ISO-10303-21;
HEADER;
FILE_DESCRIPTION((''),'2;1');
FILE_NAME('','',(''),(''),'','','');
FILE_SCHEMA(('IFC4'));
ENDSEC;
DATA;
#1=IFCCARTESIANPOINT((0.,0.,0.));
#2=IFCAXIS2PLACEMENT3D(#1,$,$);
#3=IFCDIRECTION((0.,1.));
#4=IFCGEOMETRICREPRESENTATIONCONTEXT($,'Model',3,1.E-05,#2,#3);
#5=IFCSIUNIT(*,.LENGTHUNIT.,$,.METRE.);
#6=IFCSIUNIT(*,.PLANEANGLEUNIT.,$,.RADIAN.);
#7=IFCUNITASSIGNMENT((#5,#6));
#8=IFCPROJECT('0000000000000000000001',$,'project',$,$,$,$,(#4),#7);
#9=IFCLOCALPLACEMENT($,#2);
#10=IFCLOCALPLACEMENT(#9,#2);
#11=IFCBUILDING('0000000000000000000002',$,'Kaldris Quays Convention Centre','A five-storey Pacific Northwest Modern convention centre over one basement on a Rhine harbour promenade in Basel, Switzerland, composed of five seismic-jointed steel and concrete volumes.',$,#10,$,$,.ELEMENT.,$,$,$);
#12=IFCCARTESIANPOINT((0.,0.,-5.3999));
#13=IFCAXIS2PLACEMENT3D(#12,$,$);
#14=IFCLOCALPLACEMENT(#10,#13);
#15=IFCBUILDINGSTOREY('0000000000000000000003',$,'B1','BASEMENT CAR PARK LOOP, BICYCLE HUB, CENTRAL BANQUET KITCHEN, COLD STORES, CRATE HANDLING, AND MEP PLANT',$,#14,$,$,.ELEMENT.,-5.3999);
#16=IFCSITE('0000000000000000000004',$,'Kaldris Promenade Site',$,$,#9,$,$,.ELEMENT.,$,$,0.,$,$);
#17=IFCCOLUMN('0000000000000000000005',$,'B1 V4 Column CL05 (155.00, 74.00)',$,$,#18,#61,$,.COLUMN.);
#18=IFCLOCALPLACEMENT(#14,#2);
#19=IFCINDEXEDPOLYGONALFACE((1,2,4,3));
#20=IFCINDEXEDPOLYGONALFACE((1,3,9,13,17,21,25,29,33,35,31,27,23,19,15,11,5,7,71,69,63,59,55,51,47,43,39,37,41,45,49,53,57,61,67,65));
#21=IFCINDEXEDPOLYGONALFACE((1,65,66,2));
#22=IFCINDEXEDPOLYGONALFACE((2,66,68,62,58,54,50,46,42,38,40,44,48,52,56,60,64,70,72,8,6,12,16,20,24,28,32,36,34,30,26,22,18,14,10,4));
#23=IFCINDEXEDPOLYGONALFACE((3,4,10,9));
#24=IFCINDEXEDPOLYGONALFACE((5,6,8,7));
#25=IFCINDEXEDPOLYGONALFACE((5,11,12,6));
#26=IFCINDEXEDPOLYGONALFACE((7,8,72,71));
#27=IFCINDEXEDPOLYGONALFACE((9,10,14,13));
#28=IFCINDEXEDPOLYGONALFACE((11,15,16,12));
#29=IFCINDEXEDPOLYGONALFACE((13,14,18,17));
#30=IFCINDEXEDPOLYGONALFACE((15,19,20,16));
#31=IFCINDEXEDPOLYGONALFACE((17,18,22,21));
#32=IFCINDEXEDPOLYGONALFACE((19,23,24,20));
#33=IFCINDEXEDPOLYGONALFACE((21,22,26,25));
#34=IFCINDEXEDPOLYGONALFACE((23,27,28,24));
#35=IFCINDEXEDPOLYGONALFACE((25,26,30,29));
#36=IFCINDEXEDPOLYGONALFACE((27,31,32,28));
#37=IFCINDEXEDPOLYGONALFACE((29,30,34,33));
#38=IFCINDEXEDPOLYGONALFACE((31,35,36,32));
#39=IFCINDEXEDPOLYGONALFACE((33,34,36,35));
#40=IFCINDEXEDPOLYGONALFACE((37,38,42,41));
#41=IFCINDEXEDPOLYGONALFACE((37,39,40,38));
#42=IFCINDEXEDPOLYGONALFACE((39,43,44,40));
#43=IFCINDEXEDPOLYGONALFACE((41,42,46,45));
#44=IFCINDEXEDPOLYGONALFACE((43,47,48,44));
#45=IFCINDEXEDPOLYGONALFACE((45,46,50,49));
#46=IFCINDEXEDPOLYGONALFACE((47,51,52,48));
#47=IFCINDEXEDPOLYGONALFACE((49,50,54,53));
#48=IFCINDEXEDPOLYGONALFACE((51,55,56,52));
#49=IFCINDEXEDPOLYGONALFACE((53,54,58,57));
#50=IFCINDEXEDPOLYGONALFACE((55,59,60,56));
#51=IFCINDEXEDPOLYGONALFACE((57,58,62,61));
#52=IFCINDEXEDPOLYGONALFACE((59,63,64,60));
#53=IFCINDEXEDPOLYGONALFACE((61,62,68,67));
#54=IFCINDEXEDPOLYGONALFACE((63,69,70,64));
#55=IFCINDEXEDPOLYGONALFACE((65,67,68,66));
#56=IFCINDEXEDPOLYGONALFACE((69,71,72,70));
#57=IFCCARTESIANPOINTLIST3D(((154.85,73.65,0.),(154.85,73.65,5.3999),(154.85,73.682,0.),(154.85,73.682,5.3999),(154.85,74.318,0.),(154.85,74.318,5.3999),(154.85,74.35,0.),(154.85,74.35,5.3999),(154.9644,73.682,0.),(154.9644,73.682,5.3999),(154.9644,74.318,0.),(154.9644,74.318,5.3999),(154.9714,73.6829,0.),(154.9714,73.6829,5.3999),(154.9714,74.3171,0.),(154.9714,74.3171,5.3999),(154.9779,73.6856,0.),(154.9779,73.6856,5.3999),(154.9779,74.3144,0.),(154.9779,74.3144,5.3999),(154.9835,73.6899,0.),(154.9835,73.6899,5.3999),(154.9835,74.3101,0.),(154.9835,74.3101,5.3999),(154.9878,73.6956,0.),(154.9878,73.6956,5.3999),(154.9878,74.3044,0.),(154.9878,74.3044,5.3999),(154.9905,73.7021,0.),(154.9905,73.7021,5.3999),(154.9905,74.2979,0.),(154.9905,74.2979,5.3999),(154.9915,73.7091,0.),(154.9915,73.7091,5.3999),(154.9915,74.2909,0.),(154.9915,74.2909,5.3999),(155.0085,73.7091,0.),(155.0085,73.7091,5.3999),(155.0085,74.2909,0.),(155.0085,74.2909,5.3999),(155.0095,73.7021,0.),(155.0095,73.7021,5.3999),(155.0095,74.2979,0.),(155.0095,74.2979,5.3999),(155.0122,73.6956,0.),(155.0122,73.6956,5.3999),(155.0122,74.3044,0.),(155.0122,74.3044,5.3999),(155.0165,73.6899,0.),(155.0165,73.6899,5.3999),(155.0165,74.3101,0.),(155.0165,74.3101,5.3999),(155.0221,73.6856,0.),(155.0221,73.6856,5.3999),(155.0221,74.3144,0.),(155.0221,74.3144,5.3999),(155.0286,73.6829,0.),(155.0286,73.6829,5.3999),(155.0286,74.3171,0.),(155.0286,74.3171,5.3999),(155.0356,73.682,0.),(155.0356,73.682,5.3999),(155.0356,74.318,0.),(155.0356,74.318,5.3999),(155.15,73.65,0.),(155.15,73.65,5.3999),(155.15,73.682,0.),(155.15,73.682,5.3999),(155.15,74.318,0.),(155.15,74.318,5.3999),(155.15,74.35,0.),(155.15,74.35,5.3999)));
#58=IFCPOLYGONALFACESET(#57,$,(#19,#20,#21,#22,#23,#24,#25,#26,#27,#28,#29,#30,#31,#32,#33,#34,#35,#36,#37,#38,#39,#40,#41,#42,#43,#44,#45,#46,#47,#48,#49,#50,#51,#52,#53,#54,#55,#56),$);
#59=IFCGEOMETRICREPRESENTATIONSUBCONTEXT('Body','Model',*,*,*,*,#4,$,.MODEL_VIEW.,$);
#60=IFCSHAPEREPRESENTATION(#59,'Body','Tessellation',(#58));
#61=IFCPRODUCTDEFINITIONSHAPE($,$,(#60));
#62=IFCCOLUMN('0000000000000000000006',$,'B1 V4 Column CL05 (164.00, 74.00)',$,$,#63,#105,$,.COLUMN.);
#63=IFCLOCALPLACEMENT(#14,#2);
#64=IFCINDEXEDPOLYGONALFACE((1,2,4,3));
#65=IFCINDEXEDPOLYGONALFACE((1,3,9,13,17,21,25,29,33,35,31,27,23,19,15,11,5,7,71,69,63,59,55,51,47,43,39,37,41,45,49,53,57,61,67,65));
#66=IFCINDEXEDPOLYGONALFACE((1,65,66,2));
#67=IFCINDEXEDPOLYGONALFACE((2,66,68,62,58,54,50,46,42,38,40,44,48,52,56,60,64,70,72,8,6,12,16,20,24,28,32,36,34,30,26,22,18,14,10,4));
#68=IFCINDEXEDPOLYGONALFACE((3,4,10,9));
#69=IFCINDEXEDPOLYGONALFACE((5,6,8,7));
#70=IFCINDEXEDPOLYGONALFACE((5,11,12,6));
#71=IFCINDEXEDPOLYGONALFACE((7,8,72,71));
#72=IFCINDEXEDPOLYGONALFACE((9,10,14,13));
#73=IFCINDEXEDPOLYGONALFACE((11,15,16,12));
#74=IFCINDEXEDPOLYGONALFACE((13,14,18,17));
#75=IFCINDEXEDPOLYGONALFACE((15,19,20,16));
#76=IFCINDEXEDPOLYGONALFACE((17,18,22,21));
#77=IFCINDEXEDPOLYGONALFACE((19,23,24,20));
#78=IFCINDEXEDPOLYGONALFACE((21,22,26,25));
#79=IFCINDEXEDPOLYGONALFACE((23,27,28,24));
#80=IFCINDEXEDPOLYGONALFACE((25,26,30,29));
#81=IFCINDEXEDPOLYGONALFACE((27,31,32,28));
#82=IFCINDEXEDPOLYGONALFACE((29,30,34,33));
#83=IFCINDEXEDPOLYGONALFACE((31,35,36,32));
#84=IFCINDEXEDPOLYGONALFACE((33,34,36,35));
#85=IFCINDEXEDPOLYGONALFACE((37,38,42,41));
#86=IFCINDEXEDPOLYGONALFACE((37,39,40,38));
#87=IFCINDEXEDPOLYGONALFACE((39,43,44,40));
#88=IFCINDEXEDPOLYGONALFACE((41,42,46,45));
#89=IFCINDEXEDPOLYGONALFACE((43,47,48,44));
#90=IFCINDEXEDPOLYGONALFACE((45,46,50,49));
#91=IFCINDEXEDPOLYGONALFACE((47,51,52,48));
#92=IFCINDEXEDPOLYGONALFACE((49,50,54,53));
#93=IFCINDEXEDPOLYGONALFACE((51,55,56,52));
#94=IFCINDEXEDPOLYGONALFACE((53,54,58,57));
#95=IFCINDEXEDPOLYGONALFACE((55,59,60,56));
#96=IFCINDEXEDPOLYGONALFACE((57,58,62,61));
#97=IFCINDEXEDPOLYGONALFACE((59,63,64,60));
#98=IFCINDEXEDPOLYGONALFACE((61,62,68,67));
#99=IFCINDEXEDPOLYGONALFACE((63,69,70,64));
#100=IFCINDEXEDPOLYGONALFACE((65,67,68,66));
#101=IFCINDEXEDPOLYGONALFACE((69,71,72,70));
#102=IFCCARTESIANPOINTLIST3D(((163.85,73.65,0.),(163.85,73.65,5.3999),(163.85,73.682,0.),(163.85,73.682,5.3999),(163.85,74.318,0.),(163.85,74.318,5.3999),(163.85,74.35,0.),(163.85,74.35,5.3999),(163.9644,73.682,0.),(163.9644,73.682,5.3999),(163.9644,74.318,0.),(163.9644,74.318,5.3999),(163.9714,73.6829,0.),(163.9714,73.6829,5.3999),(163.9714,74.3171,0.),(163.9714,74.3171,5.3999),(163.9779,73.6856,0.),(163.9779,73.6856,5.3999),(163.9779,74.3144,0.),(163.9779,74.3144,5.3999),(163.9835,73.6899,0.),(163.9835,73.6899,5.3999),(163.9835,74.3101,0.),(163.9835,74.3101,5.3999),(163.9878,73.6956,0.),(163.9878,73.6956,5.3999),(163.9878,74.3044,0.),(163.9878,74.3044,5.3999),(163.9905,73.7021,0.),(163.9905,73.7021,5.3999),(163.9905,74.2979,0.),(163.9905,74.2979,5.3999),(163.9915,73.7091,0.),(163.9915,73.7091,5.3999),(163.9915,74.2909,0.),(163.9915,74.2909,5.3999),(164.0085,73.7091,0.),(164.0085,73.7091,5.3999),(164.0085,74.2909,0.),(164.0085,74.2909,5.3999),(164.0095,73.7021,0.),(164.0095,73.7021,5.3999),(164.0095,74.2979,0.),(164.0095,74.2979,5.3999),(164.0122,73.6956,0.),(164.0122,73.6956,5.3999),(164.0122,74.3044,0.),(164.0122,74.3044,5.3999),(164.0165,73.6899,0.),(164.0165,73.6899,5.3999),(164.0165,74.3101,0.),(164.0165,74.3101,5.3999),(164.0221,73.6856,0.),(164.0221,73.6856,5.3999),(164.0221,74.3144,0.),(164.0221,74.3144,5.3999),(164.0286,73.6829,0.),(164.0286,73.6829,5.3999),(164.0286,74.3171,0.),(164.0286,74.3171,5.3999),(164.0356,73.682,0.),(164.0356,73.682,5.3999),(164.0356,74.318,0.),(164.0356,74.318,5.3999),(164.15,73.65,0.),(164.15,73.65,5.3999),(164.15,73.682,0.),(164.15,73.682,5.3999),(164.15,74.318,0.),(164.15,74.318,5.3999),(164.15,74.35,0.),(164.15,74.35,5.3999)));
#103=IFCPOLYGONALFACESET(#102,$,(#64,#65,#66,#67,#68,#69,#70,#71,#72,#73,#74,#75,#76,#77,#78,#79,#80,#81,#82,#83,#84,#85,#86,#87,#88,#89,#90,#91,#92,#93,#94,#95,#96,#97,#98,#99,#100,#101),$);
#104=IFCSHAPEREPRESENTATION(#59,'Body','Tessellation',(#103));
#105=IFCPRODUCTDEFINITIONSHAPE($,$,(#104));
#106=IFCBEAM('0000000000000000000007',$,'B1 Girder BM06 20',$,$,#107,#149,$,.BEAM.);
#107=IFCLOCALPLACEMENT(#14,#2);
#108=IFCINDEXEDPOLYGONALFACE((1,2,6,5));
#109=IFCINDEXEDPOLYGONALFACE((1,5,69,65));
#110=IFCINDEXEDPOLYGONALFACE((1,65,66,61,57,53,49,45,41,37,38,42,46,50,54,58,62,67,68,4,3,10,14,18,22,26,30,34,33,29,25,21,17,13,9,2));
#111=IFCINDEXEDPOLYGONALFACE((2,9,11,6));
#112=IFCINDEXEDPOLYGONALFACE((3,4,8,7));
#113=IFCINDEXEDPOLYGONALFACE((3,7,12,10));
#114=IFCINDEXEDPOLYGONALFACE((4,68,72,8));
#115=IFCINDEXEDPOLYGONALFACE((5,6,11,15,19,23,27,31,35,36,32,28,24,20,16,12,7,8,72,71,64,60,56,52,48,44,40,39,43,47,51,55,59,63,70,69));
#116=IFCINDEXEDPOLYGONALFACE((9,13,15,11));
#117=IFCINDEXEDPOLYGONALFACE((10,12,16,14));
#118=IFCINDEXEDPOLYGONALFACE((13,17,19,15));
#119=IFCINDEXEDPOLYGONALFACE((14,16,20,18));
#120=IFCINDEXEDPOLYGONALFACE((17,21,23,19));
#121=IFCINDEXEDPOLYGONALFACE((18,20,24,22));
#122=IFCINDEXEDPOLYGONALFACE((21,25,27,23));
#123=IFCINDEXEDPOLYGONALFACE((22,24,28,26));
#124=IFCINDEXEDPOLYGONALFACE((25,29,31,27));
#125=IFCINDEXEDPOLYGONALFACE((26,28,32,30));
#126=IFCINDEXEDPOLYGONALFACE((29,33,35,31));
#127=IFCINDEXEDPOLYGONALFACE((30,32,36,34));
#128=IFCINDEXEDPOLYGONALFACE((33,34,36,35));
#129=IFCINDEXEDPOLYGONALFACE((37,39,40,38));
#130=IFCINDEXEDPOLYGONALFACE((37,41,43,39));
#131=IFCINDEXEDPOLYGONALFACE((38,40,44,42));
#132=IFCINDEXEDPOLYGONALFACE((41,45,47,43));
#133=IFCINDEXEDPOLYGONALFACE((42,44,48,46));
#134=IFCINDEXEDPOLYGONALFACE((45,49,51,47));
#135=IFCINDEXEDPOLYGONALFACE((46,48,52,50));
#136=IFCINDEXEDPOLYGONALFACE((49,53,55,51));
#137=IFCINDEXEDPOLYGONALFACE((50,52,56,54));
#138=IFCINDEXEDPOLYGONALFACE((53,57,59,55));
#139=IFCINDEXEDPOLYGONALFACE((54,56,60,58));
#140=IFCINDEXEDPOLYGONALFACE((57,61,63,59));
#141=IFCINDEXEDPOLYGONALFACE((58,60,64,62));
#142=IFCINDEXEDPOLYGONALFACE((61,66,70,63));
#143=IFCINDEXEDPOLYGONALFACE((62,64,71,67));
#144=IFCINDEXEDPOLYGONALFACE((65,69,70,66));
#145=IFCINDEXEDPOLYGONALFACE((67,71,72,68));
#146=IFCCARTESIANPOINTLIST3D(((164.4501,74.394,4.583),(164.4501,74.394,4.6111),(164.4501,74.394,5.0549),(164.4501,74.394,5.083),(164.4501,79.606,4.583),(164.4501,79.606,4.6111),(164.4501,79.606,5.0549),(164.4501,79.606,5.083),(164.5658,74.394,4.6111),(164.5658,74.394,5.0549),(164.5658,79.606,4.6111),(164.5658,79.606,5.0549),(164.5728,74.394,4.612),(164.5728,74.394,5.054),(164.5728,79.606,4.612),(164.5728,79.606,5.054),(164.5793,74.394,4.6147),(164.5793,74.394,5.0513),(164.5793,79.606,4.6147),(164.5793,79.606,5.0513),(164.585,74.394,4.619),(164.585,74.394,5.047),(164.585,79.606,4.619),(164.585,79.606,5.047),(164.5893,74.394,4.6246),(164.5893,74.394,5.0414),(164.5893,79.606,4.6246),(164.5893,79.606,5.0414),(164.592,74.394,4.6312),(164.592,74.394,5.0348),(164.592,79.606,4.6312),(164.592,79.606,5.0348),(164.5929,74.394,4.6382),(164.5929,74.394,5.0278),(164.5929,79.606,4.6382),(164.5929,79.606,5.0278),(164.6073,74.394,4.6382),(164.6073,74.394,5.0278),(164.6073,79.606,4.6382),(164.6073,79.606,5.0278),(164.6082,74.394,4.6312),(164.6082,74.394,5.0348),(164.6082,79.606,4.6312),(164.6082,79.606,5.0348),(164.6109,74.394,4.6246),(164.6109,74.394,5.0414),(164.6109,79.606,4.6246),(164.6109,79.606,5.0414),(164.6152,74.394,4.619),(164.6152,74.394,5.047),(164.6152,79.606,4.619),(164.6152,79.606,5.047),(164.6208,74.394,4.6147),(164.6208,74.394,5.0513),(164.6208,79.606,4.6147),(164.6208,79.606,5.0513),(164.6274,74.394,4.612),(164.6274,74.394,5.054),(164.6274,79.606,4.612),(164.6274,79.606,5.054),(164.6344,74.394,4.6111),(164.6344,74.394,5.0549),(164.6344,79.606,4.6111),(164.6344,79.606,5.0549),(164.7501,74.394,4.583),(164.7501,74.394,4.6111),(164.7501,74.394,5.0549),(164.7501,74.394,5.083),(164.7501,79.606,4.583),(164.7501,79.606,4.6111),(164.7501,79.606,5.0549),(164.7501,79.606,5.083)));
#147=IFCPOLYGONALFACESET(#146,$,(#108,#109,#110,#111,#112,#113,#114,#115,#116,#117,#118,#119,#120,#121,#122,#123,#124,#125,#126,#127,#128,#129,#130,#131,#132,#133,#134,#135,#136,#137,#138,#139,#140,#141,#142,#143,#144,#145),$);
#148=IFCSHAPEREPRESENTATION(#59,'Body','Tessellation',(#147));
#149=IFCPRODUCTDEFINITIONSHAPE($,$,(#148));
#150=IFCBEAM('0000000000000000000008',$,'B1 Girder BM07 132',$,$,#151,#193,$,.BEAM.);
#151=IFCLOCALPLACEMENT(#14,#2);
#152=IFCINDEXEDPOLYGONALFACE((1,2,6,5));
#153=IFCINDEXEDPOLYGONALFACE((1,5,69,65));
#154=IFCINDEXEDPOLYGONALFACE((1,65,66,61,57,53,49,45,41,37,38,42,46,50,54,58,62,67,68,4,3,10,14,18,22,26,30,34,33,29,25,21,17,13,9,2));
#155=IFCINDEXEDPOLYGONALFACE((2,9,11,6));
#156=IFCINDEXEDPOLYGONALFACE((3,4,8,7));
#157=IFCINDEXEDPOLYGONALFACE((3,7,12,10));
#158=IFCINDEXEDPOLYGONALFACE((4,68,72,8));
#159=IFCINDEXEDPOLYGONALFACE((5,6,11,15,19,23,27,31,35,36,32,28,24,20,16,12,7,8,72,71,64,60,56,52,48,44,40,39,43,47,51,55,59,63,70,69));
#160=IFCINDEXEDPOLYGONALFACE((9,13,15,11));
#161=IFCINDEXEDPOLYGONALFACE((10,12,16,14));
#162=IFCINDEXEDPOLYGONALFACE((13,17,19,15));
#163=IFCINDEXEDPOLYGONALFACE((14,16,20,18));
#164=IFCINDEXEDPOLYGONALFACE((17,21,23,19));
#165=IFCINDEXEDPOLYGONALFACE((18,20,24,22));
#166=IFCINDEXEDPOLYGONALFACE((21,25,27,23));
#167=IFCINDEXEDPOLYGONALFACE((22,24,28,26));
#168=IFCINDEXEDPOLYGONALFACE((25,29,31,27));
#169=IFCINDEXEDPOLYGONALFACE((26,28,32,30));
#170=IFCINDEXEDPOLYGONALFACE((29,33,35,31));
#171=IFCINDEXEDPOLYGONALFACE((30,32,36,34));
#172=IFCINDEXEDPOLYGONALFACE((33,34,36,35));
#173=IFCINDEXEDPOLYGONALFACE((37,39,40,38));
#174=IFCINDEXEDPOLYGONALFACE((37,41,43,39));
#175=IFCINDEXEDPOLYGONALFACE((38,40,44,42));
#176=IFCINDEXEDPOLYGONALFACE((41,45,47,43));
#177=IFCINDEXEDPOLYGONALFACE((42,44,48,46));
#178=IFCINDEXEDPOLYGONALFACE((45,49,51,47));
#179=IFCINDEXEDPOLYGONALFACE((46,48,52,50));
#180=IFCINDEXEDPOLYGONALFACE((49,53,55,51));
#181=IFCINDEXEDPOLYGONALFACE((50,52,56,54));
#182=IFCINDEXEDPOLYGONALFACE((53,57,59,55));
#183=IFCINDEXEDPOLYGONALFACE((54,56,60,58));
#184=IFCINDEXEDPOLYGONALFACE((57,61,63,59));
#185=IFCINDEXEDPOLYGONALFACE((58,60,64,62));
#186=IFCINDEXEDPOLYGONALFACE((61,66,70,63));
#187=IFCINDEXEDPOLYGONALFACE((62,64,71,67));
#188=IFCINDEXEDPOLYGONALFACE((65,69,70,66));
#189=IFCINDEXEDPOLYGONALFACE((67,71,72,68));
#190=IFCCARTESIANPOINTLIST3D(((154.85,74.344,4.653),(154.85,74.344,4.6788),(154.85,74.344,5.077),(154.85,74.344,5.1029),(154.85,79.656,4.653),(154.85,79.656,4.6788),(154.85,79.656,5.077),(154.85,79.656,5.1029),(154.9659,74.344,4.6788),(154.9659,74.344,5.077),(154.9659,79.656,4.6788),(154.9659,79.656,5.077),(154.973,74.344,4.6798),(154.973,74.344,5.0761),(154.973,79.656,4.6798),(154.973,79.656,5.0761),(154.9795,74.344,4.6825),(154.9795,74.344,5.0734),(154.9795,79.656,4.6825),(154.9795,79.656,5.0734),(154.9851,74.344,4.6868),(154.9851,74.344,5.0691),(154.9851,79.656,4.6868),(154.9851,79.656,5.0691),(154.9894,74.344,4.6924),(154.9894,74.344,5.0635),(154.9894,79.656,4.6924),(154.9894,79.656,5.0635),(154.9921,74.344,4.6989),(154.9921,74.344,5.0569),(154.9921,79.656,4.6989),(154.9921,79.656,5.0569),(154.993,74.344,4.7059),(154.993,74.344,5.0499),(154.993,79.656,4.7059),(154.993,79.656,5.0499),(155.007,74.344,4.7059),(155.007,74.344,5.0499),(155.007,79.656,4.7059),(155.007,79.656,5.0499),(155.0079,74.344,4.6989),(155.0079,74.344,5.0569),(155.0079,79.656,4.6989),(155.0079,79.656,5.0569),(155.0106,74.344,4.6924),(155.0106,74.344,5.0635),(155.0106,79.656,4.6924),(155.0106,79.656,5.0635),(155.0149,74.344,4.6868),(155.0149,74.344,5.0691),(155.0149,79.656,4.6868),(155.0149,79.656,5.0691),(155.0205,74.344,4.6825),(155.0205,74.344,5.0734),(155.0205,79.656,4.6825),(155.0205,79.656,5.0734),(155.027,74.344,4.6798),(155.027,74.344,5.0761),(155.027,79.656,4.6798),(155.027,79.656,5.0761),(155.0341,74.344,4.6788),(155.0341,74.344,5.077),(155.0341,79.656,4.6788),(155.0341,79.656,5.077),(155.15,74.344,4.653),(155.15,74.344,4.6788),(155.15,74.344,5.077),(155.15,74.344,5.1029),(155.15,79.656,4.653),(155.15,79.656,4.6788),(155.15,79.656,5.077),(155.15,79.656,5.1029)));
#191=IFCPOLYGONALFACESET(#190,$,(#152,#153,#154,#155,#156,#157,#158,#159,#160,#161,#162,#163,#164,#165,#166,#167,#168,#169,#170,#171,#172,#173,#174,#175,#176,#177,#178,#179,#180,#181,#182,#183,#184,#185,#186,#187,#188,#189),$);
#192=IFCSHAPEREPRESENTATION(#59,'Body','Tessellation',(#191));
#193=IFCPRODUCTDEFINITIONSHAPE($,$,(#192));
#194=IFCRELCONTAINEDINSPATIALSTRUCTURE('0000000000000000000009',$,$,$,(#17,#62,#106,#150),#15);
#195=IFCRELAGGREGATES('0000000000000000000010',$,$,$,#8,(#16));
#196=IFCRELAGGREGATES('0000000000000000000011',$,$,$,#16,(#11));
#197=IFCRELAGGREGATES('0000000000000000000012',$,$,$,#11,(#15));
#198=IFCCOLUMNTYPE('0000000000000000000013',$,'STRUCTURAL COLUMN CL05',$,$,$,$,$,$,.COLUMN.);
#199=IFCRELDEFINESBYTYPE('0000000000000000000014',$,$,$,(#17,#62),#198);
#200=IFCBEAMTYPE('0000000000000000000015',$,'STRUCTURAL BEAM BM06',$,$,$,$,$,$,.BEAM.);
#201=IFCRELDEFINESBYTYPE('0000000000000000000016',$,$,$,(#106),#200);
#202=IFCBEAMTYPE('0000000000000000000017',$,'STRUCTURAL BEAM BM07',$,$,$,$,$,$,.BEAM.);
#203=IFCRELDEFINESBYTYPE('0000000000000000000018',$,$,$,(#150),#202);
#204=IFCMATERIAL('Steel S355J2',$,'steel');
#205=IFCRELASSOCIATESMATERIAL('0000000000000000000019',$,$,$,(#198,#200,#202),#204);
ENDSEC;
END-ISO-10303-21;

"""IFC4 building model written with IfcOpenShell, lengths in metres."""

from ifc_helpers import new_model, si_unit, direction, frame, origin, origin_2d, place, context, subcontext, project, spatial, i_section, extrude, material, material_profile, profile_set, type_object, element, save


model = new_model("IFC4")

# Units and contexts
model_context = context("Model", 3, precision=1e-05, world=origin(), true_north=direction((0.0, 1.0)))
body_context = subcontext(model_context, "Body", "Model", "MODEL_VIEW")
ifc_project = project(units=[si_unit("LENGTHUNIT", "METRE"), si_unit("PLANEANGLEUNIT", "RADIAN")], contexts=[model_context])

# Site, building, storey
site_placement = place(None, origin())
site = spatial("IfcSite", under=ifc_project, at=site_placement, Name="Kaldris Promenade Site", CompositionType="ELEMENT", RefElevation=0.0)
building_placement = place(site_placement, origin())
building = spatial("IfcBuilding", under=site, at=building_placement, Name="Kaldris Quays Convention Centre", Description="A five-storey Pacific Northwest Modern convention centre over one basement on a Rhine harbour promenade in Basel, Switzerland, composed of five seismic-jointed steel and concrete volumes.", CompositionType="ELEMENT")
storey_placement = place(building_placement, frame((0.0, 0.0, -5.3999)))
storey = spatial("IfcBuildingStorey", under=building, at=storey_placement, Name="B1", Description="BASEMENT CAR PARK LOOP, BICYCLE HUB, CENTRAL BANQUET KITCHEN, COLD STORES, CRATE HANDLING, AND MEP PLANT", CompositionType="ELEMENT", Elevation=-5.3999)

# Columns
ifc_material_1 = material(Name="Steel S355J2", Category="steel")
ifc_material_profile_1 = material_profile(ifc_material_1, i_section(OverallWidth=0.3, OverallDepth=0.7, WebThickness=0.0171, FlangeThickness=0.032, FilletRadius=0.0271, at=origin_2d()), Name="HEB 700")
ifc_profile_set_1 = profile_set([ifc_material_profile_1], Name="Steel S355J2")
column_type_1 = type_object("IfcColumnType", Name="STRUCTURAL COLUMN CL05", PredefinedType="COLUMN", material=ifc_profile_set_1)
for number, where, z_axis, x_axis, name in (
    (1, (155.0, 74.0, 0.0), (0.0, 0.0, 1.0), (1.0, 0.0, 0.0), "B1 V4 Column CL05 (155.00, 74.00)"),
    (2, (164.0, 74.0, 0.0), (0.0, 0.0, 1.0), (1.0, 0.0, 0.0), "B1 V4 Column CL05 (164.00, 74.00)"),
):
    element("IfcColumn", number, at=place(storey_placement, frame(where, z_axis=z_axis, x_axis=x_axis)), inside=storey, type_object=column_type_1, Name=name, PredefinedType="COLUMN", context=body_context, shape_type="SweptSolid", body=[
        extrude(i_section(OverallWidth=0.3, OverallDepth=0.7, WebThickness=0.0171, FlangeThickness=0.032, FilletRadius=0.0271, at=origin_2d()), origin(), (0.0, 0.0, 1.0), 5.3999),
    ])

# Beams
ifc_material_profile_2 = material_profile(ifc_material_1, i_section(OverallWidth=0.3, OverallDepth=0.5, WebThickness=0.0144, FlangeThickness=0.0281, FilletRadius=0.0271, at=origin_2d()), Name="HEB 500")
ifc_profile_set_2 = profile_set([ifc_material_profile_2], Name="Steel S355J2")
beam_type_1 = type_object("IfcBeamType", Name="STRUCTURAL BEAM BM06", PredefinedType="BEAM", material=ifc_profile_set_2)
beam_placement = place(storey_placement, frame((164.6001, 74.394, 4.833), z_axis=(0.0, 1.0, 0.0), x_axis=(-1.0, 0.0, 0.0)))
element("IfcBeam", 3, at=beam_placement, inside=storey, type_object=beam_type_1, Name="B1 Girder BM06 20", PredefinedType="BEAM", context=body_context, shape_type="SweptSolid", body=[
    extrude(i_section(OverallWidth=0.3, OverallDepth=0.5, WebThickness=0.0144, FlangeThickness=0.0281, FilletRadius=0.0271, at=origin_2d()), origin(), (0.0, 0.0, 1.0), 5.2119),
])
ifc_material_profile_3 = material_profile(ifc_material_1, i_section(OverallWidth=0.3, OverallDepth=0.45, WebThickness=0.0139, FlangeThickness=0.0259, FilletRadius=0.0271, at=origin_2d()), Name="HEB 450")
ifc_profile_set_3 = profile_set([ifc_material_profile_3], Name="Steel S355J2")
beam_type_2 = type_object("IfcBeamType", Name="STRUCTURAL BEAM BM07", PredefinedType="BEAM", material=ifc_profile_set_3)
for number, where, z_axis, x_axis, name in (
    (4, (155.0, 74.344, 4.8779), (0.0, 1.0, 0.0), (-1.0, 0.0, 0.0), "B1 Girder BM07 132"),
):
    element("IfcBeam", number, at=place(storey_placement, frame(where, z_axis=z_axis, x_axis=x_axis)), inside=storey, type_object=beam_type_2, Name=name, PredefinedType="BEAM", context=body_context, shape_type="SweptSolid", body=[
        extrude(i_section(OverallWidth=0.3, OverallDepth=0.45, WebThickness=0.0139, FlangeThickness=0.0259, FilletRadius=0.0271, at=origin_2d()), origin(), (0.0, 0.0, 1.0), 5.312),
    ])

save(model, "model.ifc")
